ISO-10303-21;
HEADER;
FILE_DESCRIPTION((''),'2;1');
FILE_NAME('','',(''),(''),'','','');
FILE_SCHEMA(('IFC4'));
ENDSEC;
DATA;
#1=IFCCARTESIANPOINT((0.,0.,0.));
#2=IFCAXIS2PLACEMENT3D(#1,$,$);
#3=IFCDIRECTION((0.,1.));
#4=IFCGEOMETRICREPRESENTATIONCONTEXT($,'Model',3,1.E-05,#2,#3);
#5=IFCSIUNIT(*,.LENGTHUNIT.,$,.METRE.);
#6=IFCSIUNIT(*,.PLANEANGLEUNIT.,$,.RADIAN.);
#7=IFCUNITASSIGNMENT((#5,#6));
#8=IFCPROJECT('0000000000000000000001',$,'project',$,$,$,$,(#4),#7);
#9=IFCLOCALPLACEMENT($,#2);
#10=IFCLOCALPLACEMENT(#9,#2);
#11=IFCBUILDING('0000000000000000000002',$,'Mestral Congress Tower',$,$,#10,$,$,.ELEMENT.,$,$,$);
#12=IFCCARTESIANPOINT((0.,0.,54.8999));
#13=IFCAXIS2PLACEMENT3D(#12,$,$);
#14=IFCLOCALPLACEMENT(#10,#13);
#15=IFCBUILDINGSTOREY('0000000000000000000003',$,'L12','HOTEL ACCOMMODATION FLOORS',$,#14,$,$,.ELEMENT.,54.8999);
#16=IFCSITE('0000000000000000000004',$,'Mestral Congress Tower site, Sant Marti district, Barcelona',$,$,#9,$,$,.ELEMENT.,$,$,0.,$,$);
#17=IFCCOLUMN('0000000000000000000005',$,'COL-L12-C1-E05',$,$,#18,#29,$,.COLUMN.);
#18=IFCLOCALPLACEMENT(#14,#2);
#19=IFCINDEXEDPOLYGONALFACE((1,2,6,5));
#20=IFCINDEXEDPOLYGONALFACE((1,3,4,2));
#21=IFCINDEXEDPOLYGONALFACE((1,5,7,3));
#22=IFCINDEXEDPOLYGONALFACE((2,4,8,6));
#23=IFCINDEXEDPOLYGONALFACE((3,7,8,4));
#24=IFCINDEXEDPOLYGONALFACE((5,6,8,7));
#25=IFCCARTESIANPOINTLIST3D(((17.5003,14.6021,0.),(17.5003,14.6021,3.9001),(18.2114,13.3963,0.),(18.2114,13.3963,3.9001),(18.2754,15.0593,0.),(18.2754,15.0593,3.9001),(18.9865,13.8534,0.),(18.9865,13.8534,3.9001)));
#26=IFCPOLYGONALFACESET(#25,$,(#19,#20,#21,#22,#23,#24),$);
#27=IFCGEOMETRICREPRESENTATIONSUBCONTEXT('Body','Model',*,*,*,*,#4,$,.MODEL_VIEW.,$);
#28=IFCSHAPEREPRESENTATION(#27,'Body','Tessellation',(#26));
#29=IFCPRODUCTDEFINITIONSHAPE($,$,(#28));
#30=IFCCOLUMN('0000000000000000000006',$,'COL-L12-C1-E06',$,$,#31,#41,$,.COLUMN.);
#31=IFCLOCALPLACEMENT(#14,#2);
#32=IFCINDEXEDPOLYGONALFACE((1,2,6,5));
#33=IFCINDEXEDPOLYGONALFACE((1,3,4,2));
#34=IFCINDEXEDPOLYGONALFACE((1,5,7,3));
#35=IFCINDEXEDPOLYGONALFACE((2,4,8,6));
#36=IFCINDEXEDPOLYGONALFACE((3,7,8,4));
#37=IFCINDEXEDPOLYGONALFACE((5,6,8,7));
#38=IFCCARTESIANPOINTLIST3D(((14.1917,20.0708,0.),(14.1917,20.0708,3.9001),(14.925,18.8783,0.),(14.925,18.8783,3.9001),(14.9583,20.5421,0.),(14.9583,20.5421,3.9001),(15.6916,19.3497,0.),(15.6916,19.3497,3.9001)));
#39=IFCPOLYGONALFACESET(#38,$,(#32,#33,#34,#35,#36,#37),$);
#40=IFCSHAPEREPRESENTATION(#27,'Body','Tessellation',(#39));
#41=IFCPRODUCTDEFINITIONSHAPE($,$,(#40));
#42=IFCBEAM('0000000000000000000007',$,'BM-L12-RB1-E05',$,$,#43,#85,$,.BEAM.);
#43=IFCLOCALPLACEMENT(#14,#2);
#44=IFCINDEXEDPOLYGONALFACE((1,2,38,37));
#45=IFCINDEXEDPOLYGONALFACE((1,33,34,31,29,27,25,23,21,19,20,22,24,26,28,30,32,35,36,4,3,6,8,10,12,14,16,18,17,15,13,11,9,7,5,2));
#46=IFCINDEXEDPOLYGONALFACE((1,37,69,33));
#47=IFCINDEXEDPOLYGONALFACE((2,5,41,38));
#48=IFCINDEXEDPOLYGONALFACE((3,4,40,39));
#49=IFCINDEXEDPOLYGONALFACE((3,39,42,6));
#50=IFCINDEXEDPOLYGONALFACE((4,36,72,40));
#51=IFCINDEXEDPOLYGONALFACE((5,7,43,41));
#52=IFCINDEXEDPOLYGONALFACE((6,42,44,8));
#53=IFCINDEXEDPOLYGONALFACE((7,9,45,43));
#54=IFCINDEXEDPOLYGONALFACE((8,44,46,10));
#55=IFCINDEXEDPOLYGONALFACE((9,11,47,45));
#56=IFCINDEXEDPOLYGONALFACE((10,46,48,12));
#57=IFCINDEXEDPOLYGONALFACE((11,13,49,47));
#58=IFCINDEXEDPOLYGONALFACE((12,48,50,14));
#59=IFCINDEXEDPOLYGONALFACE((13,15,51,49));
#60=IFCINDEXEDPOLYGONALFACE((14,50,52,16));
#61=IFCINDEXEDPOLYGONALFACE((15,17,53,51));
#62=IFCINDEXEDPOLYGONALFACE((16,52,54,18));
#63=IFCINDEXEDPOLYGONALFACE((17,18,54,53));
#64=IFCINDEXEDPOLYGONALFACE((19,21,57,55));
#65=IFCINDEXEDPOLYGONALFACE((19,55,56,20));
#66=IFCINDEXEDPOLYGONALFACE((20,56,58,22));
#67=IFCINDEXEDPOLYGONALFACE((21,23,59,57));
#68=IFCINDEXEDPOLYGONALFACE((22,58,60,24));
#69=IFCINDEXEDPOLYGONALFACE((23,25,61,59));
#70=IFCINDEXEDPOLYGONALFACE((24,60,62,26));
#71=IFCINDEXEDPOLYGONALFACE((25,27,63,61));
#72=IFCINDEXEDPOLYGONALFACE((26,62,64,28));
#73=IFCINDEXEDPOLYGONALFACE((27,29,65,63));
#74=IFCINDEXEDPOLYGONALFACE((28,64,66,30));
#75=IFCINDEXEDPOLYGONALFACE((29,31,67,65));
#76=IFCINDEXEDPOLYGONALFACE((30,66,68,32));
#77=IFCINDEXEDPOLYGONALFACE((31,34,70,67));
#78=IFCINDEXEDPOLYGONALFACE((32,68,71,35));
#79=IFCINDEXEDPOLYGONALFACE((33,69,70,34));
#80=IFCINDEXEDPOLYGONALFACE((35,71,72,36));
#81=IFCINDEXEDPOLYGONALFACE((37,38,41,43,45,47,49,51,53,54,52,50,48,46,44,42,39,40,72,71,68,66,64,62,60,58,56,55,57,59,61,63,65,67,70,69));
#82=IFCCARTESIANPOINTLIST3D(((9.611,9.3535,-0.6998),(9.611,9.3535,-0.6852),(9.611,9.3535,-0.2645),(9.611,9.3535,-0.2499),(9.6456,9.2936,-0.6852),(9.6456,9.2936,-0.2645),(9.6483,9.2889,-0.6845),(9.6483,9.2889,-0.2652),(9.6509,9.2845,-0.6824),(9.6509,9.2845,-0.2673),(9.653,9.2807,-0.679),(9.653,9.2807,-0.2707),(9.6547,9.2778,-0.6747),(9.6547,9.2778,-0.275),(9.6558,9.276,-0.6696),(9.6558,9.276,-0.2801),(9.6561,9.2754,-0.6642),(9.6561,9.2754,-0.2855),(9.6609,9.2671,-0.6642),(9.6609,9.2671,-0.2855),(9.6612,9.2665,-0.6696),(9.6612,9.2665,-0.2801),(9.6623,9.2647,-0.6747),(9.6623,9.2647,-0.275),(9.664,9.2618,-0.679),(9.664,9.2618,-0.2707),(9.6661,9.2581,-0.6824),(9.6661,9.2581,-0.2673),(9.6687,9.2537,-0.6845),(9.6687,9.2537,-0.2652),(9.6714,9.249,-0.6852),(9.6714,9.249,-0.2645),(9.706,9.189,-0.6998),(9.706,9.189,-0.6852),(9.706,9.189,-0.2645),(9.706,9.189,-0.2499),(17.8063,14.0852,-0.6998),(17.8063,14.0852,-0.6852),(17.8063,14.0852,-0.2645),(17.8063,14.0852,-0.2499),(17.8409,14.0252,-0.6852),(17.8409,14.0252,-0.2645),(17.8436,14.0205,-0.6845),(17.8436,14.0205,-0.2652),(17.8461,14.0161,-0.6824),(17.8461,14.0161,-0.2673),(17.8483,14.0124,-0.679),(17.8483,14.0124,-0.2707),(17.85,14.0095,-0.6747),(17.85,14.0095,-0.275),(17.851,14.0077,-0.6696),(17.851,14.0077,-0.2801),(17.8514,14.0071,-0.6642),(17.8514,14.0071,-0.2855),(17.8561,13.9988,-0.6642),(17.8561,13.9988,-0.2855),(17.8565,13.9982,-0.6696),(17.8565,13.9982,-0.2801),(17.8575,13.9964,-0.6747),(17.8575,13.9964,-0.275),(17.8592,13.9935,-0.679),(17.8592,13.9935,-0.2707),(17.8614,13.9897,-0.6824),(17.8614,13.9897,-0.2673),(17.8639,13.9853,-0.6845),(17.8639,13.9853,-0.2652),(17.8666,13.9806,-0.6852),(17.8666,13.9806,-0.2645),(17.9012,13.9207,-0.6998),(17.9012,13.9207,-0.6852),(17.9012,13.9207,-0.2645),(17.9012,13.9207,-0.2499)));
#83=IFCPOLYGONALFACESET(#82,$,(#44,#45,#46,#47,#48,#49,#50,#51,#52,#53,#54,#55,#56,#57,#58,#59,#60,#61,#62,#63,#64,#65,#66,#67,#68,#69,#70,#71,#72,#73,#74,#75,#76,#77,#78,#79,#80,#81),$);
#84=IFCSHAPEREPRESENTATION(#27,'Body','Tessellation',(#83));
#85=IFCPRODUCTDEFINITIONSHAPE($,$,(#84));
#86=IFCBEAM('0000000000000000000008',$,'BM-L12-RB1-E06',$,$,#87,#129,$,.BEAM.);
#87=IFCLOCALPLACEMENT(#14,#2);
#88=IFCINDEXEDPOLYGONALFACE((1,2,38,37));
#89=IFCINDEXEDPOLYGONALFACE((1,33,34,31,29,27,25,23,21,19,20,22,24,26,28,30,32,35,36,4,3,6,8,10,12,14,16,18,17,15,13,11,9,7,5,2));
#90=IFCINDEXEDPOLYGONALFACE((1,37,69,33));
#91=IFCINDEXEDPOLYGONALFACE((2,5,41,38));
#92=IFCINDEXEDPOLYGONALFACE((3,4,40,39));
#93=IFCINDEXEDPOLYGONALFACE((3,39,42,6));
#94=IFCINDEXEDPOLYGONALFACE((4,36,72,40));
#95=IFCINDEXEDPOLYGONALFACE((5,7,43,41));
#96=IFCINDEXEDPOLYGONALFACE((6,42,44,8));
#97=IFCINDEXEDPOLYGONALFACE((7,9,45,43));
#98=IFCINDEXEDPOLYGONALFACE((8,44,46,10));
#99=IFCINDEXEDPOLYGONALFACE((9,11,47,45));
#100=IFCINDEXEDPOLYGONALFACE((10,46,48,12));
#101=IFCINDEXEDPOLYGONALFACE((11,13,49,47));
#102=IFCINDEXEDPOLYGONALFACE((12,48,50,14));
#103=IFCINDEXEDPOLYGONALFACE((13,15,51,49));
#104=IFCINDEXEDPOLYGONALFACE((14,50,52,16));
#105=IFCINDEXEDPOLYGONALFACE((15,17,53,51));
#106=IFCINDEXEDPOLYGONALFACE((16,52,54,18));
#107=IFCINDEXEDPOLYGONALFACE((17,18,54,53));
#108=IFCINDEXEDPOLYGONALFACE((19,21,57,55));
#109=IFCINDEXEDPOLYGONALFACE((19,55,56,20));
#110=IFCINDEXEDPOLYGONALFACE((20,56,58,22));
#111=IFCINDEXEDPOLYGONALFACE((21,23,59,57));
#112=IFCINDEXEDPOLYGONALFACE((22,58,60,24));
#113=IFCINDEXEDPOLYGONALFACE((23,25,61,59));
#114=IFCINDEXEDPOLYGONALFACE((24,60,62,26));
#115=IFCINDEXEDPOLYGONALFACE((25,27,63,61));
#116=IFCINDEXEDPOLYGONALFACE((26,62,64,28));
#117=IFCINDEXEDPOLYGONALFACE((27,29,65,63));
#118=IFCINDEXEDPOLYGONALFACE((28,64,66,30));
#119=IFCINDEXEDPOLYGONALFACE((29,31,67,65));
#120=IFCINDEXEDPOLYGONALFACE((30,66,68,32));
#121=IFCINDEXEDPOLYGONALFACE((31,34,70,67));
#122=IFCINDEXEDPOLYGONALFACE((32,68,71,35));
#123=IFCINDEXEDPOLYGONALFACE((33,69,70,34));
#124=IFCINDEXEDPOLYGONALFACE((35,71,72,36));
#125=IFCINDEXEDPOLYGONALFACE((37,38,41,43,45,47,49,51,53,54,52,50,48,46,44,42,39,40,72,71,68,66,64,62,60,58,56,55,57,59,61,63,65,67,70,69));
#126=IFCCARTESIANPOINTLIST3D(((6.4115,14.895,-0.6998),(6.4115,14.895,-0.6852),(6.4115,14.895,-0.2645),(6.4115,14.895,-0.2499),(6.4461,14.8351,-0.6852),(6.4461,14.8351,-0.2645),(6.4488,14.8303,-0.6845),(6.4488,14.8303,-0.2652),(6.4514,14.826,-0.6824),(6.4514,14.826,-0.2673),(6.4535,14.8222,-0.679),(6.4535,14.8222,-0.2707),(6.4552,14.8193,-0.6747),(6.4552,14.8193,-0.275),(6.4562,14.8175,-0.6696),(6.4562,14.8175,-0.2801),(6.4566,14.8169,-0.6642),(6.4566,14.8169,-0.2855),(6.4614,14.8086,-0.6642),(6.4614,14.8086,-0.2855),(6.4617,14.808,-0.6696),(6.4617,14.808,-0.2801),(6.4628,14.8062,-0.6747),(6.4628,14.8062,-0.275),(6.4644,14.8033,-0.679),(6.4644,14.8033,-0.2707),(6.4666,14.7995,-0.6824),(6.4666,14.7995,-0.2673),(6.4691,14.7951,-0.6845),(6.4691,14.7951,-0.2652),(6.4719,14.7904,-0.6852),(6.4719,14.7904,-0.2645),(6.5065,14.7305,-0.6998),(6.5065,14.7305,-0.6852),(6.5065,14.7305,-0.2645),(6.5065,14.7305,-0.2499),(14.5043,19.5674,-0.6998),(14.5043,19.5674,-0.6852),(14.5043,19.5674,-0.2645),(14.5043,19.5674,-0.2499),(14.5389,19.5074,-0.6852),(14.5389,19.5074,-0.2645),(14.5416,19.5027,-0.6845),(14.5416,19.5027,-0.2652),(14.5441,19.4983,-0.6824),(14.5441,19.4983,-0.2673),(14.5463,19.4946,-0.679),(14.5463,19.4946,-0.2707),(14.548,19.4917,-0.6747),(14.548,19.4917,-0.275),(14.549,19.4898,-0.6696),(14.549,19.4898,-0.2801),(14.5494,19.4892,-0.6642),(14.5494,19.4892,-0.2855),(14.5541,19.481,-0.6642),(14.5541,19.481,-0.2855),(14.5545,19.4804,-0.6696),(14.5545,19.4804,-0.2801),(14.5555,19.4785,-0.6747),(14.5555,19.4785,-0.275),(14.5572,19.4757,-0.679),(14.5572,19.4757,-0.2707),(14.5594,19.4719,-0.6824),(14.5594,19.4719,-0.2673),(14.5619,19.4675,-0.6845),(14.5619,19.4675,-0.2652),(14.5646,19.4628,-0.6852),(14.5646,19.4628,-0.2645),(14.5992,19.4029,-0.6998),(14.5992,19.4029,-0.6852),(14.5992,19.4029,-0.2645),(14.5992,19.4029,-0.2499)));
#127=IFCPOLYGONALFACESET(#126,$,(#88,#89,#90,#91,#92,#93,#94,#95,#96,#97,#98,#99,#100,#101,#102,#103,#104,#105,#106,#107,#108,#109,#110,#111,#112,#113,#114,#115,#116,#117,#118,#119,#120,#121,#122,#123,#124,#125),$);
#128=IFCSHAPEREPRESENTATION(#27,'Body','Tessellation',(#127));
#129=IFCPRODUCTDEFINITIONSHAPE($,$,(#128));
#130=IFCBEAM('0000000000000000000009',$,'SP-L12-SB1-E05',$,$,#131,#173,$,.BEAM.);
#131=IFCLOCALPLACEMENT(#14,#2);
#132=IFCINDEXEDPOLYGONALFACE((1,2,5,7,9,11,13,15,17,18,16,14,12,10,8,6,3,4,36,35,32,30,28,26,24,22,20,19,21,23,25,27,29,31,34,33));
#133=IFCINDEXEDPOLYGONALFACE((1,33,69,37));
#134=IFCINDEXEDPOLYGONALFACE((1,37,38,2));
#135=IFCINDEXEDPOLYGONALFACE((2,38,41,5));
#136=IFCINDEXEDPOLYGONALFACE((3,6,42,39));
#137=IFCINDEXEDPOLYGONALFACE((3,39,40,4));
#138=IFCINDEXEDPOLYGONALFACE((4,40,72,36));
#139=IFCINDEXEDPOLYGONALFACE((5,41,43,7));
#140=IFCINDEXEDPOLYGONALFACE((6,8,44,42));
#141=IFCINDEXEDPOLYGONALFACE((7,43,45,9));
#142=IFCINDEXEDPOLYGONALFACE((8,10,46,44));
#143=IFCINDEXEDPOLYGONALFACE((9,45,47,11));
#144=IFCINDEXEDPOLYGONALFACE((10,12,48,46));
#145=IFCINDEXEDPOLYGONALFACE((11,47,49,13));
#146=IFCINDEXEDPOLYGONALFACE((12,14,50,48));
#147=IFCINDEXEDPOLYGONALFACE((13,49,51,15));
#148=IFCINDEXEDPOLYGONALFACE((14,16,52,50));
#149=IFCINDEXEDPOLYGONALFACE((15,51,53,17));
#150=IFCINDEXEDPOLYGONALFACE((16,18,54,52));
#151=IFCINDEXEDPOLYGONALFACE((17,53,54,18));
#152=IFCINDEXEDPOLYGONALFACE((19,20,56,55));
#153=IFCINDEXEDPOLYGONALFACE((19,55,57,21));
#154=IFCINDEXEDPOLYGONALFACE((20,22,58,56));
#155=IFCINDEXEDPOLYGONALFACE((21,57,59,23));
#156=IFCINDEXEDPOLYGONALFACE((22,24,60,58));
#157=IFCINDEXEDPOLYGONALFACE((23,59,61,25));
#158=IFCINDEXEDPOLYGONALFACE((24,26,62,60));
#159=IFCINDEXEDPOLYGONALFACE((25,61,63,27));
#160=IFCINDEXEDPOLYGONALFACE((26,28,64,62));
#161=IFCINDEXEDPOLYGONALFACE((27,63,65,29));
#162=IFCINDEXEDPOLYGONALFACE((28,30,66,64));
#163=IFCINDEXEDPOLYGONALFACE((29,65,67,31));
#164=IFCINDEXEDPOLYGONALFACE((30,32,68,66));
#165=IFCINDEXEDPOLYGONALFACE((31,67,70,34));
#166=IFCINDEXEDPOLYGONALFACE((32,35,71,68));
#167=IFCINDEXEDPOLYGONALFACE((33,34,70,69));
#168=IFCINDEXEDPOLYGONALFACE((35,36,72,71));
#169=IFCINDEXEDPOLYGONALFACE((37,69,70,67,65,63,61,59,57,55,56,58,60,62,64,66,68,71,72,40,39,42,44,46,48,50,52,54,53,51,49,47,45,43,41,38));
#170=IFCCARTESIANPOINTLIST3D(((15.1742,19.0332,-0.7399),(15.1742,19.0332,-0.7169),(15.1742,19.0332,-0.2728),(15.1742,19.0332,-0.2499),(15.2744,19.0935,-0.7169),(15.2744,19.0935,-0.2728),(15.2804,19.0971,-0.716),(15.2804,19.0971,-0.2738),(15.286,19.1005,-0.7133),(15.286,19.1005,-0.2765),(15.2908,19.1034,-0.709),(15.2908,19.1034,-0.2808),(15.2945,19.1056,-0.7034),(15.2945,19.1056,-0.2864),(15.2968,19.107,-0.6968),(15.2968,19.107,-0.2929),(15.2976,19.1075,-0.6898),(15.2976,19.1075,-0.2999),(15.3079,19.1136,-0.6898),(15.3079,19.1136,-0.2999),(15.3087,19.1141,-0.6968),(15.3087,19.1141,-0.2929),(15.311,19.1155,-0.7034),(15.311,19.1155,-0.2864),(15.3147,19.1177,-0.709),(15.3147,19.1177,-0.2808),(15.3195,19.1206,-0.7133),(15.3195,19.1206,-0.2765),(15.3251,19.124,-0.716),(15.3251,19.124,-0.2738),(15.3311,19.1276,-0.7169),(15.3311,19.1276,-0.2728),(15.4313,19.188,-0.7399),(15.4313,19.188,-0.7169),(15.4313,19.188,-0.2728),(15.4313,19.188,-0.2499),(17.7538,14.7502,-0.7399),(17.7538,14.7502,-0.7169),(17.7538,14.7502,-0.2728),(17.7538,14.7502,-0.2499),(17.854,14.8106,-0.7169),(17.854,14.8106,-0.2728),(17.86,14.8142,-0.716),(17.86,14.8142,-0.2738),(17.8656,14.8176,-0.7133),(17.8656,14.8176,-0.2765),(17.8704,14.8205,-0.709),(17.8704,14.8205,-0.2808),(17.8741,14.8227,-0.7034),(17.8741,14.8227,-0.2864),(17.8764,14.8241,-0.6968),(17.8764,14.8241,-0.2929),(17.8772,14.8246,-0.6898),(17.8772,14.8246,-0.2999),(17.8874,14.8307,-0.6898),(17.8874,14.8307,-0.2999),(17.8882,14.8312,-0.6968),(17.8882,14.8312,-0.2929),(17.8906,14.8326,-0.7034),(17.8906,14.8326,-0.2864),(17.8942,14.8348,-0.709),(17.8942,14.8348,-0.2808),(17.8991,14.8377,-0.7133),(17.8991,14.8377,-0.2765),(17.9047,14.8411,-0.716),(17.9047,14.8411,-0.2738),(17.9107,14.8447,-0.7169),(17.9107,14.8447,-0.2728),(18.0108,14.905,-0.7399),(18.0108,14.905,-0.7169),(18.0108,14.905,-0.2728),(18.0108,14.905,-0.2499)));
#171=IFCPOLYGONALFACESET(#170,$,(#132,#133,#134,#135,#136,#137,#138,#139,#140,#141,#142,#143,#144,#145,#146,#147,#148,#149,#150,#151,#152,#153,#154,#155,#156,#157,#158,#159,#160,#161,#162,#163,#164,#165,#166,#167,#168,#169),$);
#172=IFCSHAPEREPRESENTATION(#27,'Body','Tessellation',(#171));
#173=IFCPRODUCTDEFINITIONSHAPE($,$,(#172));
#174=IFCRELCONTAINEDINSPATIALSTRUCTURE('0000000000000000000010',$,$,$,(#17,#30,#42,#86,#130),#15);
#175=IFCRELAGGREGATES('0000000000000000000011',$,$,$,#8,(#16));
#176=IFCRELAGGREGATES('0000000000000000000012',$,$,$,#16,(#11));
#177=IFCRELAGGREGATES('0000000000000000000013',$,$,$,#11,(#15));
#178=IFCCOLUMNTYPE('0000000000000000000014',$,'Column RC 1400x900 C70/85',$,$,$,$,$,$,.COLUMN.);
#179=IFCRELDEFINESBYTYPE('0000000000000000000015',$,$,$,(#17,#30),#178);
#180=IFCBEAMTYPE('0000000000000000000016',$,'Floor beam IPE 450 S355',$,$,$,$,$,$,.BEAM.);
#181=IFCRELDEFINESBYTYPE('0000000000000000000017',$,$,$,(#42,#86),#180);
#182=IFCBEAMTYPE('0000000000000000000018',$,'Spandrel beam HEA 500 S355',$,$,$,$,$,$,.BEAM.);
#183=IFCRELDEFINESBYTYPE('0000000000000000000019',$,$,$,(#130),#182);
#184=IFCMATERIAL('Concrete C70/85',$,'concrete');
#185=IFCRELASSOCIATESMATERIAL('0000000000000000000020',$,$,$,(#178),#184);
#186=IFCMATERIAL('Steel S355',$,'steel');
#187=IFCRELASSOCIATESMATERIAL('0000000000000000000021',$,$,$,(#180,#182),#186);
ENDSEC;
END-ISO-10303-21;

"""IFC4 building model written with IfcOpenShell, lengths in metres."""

from ifc_helpers import new_model, si_unit, direction, frame, origin, origin_2d, place, context, subcontext, project, spatial, rectangle, i_section, extrude, material, material_profile, profile_set, type_object, element, save


model = new_model("IFC4")

# Units and contexts
model_context = context("Model", 3, precision=1e-05, world=origin(), true_north=direction((0.0, 1.0)))
body_context = subcontext(model_context, "Body", "Model", "MODEL_VIEW")
ifc_project = project(units=[si_unit("LENGTHUNIT", "METRE"), si_unit("PLANEANGLEUNIT", "RADIAN")], contexts=[model_context])

# Site, building, storey
site_placement = place(None, origin())
site = spatial("IfcSite", under=ifc_project, at=site_placement, Name="Mestral Congress Tower site, Sant Marti district, Barcelona", CompositionType="ELEMENT", RefElevation=0.0)
building_placement = place(site_placement, origin())
building = spatial("IfcBuilding", under=site, at=building_placement, Name="Mestral Congress Tower", CompositionType="ELEMENT")
storey_placement = place(building_placement, frame((0.0, 0.0, 54.8999)))
storey = spatial("IfcBuildingStorey", under=building, at=storey_placement, Name="L12", Description="HOTEL ACCOMMODATION FLOORS", CompositionType="ELEMENT", Elevation=54.8999)

# Columns
ifc_material_1 = material(Name="Concrete C70/85", Category="concrete")
ifc_material_profile_1 = material_profile(ifc_material_1, rectangle(XDim=1.3999, YDim=0.8999, at=origin_2d()), Name="RC 1400x900")
ifc_profile_set_1 = profile_set([ifc_material_profile_1], Name="Concrete C70/85")
column_type = type_object("IfcColumnType", Name="Column RC 1400x900 C70/85", PredefinedType="COLUMN", material=ifc_profile_set_1)
for number, where, z_axis, x_axis, name in (
    (1, (18.2434, 14.2278, 0.0), (0.0, 0.0, 1.0), (-0.507983, 0.861367, 0.0), "COL-L12-C1-E05"),
    (2, (14.9417, 19.7102, 0.0), (0.0, 0.0, 1.0), (-0.523819, 0.851829, 0.0), "COL-L12-C1-E06"),
):
    element("IfcColumn", number, at=place(storey_placement, frame(where, z_axis=z_axis, x_axis=x_axis)), inside=storey, type_object=column_type, Name=name, PredefinedType="COLUMN", context=body_context, shape_type="SweptSolid", body=[
        extrude(rectangle(XDim=1.3999, YDim=0.8999, at=origin_2d()), origin(), (0.0, 0.0, 1.0), 3.9001),
    ])

# Beams
ifc_material_2 = material(Name="Steel S355", Category="steel")
ifc_material_profile_2 = material_profile(ifc_material_2, i_section(OverallWidth=0.1899, OverallDepth=0.45, WebThickness=0.0095, FlangeThickness=0.0146, FilletRadius=0.021, at=origin_2d()), Name="IPE 450")
ifc_profile_set_2 = profile_set([ifc_material_profile_2], Name="Steel S355")
beam_type_1 = type_object("IfcBeamType", Name="Floor beam IPE 450 S355", PredefinedType="BEAM", material=ifc_profile_set_2)
beam_1_placement = place(storey_placement, frame((17.8538, 14.0029, -0.4749), z_axis=(-0.86602, -0.50001, 0.0), x_axis=(0.50001, -0.86602, 0.0)))
element("IfcBeam", 3, at=beam_1_placement, inside=storey, type_object=beam_type_1, Name="BM-L12-RB1-E05", PredefinedType="BEAM", context=body_context, shape_type="SweptSolid", body=[
    extrude(i_section(OverallWidth=0.1899, OverallDepth=0.45, WebThickness=0.0095, FlangeThickness=0.0146, FilletRadius=0.021, at=origin_2d()), origin(), (0.0, 0.0, 1.0), 9.4631),
])
beam_2_placement = place(storey_placement, frame((14.5518, 19.4851, -0.4749), z_axis=(-0.866025, -0.5, 0.0), x_axis=(0.5, -0.866025, 0.0)))
element("IfcBeam", 4, at=beam_2_placement, inside=storey, type_object=beam_type_1, Name="BM-L12-RB1-E06", PredefinedType="BEAM", context=body_context, shape_type="SweptSolid", body=[
    extrude(i_section(OverallWidth=0.1899, OverallDepth=0.45, WebThickness=0.0095, FlangeThickness=0.0146, FilletRadius=0.021, at=origin_2d()), origin(), (0.0, 0.0, 1.0), 9.3447),
])
ifc_material_profile_3 = material_profile(ifc_material_2, i_section(OverallWidth=0.3, OverallDepth=0.49, WebThickness=0.012, FlangeThickness=0.0229, FilletRadius=0.0271, at=origin_2d()), Name="HEA 500")
ifc_profile_set_3 = profile_set([ifc_material_profile_3], Name="Steel S355")
beam_type_2 = type_object("IfcBeamType", Name="Spandrel beam HEA 500 S355", PredefinedType="BEAM", material=ifc_profile_set_3)
for number, where, z_axis, x_axis, name in (
    (5, (17.8823, 14.8276, -0.4949), (-0.515938, 0.856626, 0.0), (-0.856626, -0.515938, 0.0), "SP-L12-SB1-E05"),
):
    element("IfcBeam", number, at=place(storey_placement, frame(where, z_axis=z_axis, x_axis=x_axis)), inside=storey, type_object=beam_type_2, Name=name, PredefinedType="BEAM", context=body_context, shape_type="SweptSolid", body=[
        extrude(i_section(OverallWidth=0.3, OverallDepth=0.49, WebThickness=0.012, FlangeThickness=0.0229, FilletRadius=0.0271, at=origin_2d()), origin(), (0.0, 0.0, 1.0), 4.9998),
    ])

save(model, "model.ifc")
